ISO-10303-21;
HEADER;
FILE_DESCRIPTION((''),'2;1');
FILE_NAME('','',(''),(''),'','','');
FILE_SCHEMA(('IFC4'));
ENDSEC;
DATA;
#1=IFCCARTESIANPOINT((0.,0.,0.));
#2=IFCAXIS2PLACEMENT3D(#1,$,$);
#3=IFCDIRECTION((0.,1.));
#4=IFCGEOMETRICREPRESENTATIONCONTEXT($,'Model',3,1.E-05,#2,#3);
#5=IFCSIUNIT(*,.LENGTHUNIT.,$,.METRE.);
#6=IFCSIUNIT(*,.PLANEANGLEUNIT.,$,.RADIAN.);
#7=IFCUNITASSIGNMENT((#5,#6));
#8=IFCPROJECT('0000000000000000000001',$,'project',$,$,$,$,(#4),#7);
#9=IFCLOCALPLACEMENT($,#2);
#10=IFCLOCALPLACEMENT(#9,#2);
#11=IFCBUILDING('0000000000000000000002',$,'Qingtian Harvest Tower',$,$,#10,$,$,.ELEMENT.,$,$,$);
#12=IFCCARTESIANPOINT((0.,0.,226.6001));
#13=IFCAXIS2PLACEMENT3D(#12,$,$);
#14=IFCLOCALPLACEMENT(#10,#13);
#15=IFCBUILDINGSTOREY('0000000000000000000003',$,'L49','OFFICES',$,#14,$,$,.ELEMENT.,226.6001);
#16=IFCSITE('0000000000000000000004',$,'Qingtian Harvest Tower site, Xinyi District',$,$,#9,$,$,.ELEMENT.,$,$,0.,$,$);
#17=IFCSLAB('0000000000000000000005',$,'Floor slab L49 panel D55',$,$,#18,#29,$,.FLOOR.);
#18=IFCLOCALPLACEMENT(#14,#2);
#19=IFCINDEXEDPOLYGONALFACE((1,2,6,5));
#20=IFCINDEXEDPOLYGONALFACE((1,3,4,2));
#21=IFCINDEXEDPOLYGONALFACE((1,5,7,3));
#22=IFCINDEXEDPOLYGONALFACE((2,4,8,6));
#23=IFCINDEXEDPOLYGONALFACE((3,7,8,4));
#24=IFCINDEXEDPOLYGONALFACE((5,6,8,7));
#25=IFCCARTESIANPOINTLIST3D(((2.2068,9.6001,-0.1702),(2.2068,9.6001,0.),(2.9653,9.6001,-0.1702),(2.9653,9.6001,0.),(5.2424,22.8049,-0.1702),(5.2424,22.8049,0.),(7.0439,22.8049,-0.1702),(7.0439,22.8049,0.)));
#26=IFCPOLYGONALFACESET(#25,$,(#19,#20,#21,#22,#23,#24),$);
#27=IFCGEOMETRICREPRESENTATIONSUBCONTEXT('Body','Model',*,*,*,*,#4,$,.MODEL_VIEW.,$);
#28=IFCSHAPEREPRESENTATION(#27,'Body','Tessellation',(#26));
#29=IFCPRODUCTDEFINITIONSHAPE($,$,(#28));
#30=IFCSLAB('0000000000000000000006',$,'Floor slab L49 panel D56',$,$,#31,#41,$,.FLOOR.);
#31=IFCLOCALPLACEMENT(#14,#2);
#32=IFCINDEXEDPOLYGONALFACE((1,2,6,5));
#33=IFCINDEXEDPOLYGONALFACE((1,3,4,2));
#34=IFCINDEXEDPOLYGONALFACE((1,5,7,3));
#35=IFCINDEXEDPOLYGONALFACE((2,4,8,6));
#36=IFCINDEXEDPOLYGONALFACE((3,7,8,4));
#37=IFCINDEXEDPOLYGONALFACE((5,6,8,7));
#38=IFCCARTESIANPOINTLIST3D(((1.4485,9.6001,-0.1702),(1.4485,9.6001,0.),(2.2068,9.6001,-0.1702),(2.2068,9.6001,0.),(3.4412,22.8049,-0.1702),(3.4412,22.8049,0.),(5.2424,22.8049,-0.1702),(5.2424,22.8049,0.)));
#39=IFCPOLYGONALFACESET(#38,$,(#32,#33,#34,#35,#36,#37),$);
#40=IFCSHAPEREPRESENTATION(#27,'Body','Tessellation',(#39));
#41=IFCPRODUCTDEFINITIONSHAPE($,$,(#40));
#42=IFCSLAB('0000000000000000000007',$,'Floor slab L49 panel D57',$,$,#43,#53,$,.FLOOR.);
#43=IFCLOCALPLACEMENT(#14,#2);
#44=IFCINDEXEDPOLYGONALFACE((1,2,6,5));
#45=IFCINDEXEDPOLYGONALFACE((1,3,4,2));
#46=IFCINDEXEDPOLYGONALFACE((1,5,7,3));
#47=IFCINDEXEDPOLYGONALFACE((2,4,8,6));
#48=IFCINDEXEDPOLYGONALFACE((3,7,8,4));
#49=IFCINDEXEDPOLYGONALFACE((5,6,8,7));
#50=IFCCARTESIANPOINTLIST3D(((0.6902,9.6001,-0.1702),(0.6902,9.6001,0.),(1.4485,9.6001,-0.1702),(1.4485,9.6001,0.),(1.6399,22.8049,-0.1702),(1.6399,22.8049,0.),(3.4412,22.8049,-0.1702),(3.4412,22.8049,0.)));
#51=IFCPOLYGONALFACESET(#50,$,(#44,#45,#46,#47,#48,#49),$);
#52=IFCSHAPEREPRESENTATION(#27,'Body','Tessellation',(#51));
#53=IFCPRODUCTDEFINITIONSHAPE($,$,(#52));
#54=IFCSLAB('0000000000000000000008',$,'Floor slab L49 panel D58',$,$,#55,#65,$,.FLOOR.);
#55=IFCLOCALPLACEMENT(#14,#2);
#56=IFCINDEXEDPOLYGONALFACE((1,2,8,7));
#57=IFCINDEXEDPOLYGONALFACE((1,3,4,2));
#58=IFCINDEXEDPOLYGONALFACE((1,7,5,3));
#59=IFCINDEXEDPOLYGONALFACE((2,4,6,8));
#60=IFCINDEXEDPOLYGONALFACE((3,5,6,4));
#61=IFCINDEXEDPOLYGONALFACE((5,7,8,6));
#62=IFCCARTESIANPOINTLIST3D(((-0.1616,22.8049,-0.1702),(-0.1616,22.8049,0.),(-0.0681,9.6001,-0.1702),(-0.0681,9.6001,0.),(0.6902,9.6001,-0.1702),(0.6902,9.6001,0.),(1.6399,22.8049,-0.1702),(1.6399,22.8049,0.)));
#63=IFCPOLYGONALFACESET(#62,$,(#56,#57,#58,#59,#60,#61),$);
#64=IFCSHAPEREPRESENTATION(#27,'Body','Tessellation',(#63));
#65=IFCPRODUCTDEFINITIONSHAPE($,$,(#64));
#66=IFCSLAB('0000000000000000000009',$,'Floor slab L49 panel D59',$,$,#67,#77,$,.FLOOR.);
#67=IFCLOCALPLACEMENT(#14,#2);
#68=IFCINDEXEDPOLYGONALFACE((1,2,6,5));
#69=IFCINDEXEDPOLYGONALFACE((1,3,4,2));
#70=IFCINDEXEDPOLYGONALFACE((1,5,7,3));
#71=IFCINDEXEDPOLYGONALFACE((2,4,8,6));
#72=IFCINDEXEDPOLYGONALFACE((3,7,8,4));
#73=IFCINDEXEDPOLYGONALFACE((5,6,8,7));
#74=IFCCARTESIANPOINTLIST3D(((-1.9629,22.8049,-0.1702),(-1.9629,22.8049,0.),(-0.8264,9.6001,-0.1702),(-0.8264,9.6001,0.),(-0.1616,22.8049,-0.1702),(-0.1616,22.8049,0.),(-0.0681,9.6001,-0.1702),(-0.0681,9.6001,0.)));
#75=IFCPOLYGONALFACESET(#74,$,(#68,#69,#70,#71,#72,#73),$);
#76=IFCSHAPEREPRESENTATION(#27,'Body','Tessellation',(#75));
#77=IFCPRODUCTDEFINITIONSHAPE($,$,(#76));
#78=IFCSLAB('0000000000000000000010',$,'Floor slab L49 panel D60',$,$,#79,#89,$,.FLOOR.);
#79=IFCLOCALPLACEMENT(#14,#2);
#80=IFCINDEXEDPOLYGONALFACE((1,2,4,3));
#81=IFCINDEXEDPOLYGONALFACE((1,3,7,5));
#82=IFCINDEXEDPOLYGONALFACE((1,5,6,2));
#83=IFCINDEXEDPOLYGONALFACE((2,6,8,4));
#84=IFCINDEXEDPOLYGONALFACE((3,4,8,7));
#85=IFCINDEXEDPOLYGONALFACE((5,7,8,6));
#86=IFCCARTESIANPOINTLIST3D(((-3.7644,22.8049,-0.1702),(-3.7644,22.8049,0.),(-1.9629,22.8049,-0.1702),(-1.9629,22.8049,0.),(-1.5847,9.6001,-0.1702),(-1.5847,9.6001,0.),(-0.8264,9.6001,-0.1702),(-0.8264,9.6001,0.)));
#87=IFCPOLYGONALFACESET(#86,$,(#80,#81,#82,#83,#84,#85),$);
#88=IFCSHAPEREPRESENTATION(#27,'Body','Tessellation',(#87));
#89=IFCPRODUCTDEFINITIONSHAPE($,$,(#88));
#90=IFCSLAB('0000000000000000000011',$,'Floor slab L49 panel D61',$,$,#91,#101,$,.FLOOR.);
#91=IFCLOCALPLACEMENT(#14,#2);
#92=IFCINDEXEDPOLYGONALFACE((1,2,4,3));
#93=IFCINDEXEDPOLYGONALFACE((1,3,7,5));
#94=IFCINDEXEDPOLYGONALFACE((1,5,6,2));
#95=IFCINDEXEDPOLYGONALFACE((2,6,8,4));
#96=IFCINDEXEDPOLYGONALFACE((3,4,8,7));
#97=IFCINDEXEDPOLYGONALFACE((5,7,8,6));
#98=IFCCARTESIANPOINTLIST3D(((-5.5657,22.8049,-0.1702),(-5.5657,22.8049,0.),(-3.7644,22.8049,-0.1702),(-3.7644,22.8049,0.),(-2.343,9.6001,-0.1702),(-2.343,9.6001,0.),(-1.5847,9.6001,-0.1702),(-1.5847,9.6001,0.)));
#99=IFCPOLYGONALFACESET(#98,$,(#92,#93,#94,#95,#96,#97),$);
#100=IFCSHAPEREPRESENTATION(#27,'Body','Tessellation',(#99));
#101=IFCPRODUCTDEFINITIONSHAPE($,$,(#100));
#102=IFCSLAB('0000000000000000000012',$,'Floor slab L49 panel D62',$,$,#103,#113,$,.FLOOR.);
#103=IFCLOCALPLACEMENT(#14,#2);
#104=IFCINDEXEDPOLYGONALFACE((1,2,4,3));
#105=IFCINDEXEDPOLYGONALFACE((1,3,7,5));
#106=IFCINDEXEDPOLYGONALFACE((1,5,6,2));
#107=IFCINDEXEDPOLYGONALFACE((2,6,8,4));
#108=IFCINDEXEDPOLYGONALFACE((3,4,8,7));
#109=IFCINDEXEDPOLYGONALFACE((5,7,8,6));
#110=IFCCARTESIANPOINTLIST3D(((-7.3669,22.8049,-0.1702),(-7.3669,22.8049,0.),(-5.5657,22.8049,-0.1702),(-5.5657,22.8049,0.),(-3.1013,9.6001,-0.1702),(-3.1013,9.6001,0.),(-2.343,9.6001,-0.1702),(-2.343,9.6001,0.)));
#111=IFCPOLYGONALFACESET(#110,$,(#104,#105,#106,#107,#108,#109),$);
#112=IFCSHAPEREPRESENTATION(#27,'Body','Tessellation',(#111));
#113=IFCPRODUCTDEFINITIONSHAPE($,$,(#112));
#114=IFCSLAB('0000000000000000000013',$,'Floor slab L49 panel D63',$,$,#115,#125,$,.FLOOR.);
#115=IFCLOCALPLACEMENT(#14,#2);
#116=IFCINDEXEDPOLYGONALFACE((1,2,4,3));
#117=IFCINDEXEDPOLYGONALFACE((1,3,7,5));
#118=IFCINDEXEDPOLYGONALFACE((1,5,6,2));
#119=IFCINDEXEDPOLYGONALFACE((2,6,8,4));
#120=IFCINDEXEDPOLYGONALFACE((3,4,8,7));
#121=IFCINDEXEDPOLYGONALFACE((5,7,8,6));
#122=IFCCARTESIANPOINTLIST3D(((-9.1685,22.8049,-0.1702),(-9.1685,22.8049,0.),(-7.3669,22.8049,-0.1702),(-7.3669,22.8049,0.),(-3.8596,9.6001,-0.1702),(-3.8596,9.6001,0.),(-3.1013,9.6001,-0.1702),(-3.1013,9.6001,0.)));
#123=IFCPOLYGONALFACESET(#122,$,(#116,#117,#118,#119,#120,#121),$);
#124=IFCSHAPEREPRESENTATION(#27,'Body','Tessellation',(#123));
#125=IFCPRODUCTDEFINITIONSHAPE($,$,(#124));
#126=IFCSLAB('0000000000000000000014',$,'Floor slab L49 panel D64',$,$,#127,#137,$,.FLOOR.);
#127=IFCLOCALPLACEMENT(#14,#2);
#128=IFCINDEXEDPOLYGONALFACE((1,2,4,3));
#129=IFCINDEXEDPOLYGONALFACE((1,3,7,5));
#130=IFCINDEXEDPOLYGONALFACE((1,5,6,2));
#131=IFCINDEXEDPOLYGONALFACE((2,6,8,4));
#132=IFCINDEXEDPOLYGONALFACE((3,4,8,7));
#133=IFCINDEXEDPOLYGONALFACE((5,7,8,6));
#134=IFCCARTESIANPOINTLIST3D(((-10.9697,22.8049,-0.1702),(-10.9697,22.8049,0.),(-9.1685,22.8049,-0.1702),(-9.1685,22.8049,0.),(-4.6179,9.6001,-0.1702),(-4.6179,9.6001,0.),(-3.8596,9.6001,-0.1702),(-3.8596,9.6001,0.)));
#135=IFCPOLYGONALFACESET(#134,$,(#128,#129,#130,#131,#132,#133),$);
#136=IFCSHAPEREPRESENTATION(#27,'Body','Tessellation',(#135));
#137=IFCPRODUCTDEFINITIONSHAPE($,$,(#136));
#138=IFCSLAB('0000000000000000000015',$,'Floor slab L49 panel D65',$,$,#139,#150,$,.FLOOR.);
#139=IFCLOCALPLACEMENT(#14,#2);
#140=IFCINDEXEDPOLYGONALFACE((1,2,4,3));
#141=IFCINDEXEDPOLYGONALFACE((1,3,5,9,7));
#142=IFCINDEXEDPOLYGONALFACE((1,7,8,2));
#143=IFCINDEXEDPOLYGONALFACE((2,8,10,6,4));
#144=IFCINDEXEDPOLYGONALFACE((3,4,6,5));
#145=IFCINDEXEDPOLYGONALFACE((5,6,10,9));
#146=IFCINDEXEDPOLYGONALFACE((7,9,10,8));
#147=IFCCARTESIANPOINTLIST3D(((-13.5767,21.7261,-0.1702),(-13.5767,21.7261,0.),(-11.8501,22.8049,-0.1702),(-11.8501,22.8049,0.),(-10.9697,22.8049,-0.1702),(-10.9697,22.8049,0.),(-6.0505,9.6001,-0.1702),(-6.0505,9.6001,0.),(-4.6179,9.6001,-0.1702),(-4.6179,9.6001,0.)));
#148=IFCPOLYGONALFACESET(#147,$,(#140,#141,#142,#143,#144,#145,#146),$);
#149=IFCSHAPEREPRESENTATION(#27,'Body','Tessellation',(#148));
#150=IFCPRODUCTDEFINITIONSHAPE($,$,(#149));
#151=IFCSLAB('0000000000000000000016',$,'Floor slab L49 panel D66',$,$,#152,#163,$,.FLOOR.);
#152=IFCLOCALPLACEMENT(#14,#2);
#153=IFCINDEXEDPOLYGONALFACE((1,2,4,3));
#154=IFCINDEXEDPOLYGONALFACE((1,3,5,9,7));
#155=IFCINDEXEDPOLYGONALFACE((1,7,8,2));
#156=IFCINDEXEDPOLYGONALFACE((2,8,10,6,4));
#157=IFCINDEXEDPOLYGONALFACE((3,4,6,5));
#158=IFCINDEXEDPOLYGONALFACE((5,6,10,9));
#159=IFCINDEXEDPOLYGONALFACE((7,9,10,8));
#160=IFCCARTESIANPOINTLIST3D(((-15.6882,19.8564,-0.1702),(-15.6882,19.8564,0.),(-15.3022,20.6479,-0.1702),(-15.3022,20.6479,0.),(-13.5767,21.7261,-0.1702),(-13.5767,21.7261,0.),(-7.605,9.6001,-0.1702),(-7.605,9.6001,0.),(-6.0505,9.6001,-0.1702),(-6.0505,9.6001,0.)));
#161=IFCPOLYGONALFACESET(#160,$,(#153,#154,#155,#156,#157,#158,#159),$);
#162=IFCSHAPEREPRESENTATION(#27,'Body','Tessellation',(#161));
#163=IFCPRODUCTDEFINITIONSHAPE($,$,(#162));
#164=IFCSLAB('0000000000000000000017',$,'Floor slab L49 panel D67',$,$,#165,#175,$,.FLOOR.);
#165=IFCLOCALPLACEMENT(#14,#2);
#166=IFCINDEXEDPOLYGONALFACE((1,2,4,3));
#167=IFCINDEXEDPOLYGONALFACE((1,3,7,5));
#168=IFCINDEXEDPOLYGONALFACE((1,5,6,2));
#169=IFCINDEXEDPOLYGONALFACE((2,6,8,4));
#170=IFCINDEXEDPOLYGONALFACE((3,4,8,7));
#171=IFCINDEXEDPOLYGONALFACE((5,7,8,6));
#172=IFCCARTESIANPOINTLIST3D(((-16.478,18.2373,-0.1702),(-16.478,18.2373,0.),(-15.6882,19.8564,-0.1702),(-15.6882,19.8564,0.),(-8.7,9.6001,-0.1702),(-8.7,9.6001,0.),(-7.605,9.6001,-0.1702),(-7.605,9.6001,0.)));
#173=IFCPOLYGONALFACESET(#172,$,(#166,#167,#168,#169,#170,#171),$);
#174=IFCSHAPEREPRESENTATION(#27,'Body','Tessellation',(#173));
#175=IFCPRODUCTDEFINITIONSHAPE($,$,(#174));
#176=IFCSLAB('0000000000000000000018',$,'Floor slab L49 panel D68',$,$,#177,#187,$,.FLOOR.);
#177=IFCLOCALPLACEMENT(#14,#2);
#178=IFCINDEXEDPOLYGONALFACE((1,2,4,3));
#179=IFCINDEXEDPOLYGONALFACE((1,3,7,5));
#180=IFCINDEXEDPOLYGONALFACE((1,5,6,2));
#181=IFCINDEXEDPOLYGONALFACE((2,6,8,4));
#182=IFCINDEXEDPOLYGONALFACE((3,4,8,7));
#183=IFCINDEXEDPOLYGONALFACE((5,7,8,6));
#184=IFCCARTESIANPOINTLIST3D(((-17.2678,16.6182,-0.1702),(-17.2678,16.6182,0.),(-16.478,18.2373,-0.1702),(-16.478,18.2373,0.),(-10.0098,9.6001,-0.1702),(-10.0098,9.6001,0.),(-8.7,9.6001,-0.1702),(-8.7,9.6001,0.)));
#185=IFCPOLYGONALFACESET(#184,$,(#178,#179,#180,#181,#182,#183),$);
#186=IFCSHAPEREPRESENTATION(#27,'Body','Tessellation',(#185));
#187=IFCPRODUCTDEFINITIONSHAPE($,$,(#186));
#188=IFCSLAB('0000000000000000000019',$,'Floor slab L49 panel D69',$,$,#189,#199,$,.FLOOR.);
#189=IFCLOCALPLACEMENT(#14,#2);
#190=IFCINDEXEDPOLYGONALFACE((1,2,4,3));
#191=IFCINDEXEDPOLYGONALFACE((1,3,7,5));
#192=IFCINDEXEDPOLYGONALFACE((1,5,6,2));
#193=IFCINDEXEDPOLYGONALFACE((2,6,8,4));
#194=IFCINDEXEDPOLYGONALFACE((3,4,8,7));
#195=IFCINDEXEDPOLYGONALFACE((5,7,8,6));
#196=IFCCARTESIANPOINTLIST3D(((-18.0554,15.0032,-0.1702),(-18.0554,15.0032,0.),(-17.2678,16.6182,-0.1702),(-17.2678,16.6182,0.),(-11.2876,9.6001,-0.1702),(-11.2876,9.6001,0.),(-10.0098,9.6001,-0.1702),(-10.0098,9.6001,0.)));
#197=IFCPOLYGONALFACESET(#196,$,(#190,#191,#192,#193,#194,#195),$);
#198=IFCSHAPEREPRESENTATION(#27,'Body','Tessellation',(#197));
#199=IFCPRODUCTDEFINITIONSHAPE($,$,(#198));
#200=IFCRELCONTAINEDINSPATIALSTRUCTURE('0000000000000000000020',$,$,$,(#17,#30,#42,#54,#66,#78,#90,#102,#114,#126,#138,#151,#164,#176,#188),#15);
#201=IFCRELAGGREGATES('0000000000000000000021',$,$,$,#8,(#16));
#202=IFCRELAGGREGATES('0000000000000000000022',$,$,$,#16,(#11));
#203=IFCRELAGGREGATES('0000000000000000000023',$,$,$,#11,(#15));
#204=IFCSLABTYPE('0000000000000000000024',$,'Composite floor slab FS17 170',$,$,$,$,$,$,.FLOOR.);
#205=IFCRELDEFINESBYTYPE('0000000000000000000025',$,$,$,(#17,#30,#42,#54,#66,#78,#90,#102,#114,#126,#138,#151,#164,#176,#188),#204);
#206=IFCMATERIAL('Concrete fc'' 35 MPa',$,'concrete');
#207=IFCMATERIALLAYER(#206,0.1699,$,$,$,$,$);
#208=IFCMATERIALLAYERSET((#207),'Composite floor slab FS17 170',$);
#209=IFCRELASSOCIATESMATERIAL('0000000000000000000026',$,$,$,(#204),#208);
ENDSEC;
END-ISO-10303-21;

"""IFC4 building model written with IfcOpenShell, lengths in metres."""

from ifc_helpers import new_model, si_unit, direction, frame, origin, place, context, subcontext, project, spatial, polyline, outline, extrude, material, layer, layer_set, type_object, element, save


model = new_model("IFC4")

# Units and contexts
model_context = context("Model", 3, precision=1e-05, world=origin(), true_north=direction((0.0, 1.0)))
body_context = subcontext(model_context, "Body", "Model", "MODEL_VIEW")
ifc_project = project(units=[si_unit("LENGTHUNIT", "METRE"), si_unit("PLANEANGLEUNIT", "RADIAN")], contexts=[model_context])

# Site, building, storey
site_placement = place(None, origin())
site = spatial("IfcSite", under=ifc_project, at=site_placement, Name="Qingtian Harvest Tower site, Xinyi District", CompositionType="ELEMENT", RefElevation=0.0)
building_placement = place(site_placement, origin())
building = spatial("IfcBuilding", under=site, at=building_placement, Name="Qingtian Harvest Tower", CompositionType="ELEMENT")
storey_placement = place(building_placement, frame((0.0, 0.0, 226.6001)))
storey = spatial("IfcBuildingStorey", under=building, at=storey_placement, Name="L49", Description="OFFICES", CompositionType="ELEMENT", Elevation=226.6001)

# Slabs
ifc_material_1 = material(Name="Concrete fc' 35 MPa", Category="concrete")
ifc_layer_1 = layer(ifc_material_1, 0.1699)
ifc_layer_set_1 = layer_set([ifc_layer_1], Name="Composite floor slab FS17 170")
slab_type = type_object("IfcSlabType", Name="Composite floor slab FS17 170", PredefinedType="FLOOR", material=ifc_layer_set_1)
slab_1_placement = place(storey_placement, frame((0.0, 0.0, -0.1702)))
element("IfcSlab", 1, at=slab_1_placement, inside=storey, type_object=slab_type, Name="Floor slab L49 panel D55", PredefinedType="FLOOR", context=body_context, shape_type="SweptSolid", body=[
    extrude(outline(polyline([(2.2068, 9.6001), (5.2424, 22.8049), (7.0439, 22.8049), (2.9653, 9.6001), (2.2068, 9.6001)])), origin(), (0.0, 0.0, 1.0), 0.1702),
])
slab_2_placement = place(storey_placement, frame((0.0, 0.0, -0.1702)))
element("IfcSlab", 2, at=slab_2_placement, inside=storey, type_object=slab_type, Name="Floor slab L49 panel D56", PredefinedType="FLOOR", context=body_context, shape_type="SweptSolid", body=[
    extrude(outline(polyline([(1.4485, 9.6001), (3.4412, 22.8049), (5.2424, 22.8049), (2.2068, 9.6001), (1.4485, 9.6001)])), origin(), (0.0, 0.0, 1.0), 0.1702),
])
slab_3_placement = place(storey_placement, frame((0.0, 0.0, -0.1702)))
element("IfcSlab", 3, at=slab_3_placement, inside=storey, type_object=slab_type, Name="Floor slab L49 panel D57", PredefinedType="FLOOR", context=body_context, shape_type="SweptSolid", body=[
    extrude(outline(polyline([(0.6902, 9.6001), (1.6399, 22.8049), (3.4412, 22.8049), (1.4485, 9.6001), (0.6902, 9.6001)])), origin(), (0.0, 0.0, 1.0), 0.1702),
])
slab_4_placement = place(storey_placement, frame((0.0, 0.0, -0.1702)))
element("IfcSlab", 4, at=slab_4_placement, inside=storey, type_object=slab_type, Name="Floor slab L49 panel D58", PredefinedType="FLOOR", context=body_context, shape_type="SweptSolid", body=[
    extrude(outline(polyline([(-0.0681, 9.6001), (-0.1616, 22.8049), (1.6399, 22.8049), (0.6902, 9.6001), (-0.0681, 9.6001)])), origin(), (0.0, 0.0, 1.0), 0.1702),
])
slab_5_placement = place(storey_placement, frame((0.0, 0.0, -0.1702)))
element("IfcSlab", 5, at=slab_5_placement, inside=storey, type_object=slab_type, Name="Floor slab L49 panel D59", PredefinedType="FLOOR", context=body_context, shape_type="SweptSolid", body=[
    extrude(outline(polyline([(-0.8264, 9.6001), (-1.9629, 22.8049), (-0.1616, 22.8049), (-0.0681, 9.6001), (-0.8264, 9.6001)])), origin(), (0.0, 0.0, 1.0), 0.1702),
])
slab_6_placement = place(storey_placement, frame((0.0, 0.0, -0.1702)))
element("IfcSlab", 6, at=slab_6_placement, inside=storey, type_object=slab_type, Name="Floor slab L49 panel D60", PredefinedType="FLOOR", context=body_context, shape_type="SweptSolid", body=[
    extrude(outline(polyline([(-1.5847, 9.6001), (-3.7644, 22.8049), (-1.9629, 22.8049), (-0.8264, 9.6001), (-1.5847, 9.6001)])), origin(), (0.0, 0.0, 1.0), 0.1702),
])
slab_7_placement = place(storey_placement, frame((0.0, 0.0, -0.1702)))
element("IfcSlab", 7, at=slab_7_placement, inside=storey, type_object=slab_type, Name="Floor slab L49 panel D61", PredefinedType="FLOOR", context=body_context, shape_type="SweptSolid", body=[
    extrude(outline(polyline([(-2.343, 9.6001), (-5.5657, 22.8049), (-3.7644, 22.8049), (-1.5847, 9.6001), (-2.343, 9.6001)])), origin(), (0.0, 0.0, 1.0), 0.1702),
])
slab_8_placement = place(storey_placement, frame((0.0, 0.0, -0.1702)))
element("IfcSlab", 8, at=slab_8_placement, inside=storey, type_object=slab_type, Name="Floor slab L49 panel D62", PredefinedType="FLOOR", context=body_context, shape_type="SweptSolid", body=[
    extrude(outline(polyline([(-3.1013, 9.6001), (-7.3669, 22.8049), (-5.5657, 22.8049), (-2.343, 9.6001), (-3.1013, 9.6001)])), origin(), (0.0, 0.0, 1.0), 0.1702),
])
slab_9_placement = place(storey_placement, frame((0.0, 0.0, -0.1702)))
element("IfcSlab", 9, at=slab_9_placement, inside=storey, type_object=slab_type, Name="Floor slab L49 panel D63", PredefinedType="FLOOR", context=body_context, shape_type="SweptSolid", body=[
    extrude(outline(polyline([(-3.8596, 9.6001), (-9.1685, 22.8049), (-7.3669, 22.8049), (-3.1013, 9.6001), (-3.8596, 9.6001)])), origin(), (0.0, 0.0, 1.0), 0.1702),
])
slab_10_placement = place(storey_placement, frame((0.0, 0.0, -0.1702)))
element("IfcSlab", 10, at=slab_10_placement, inside=storey, type_object=slab_type, Name="Floor slab L49 panel D64", PredefinedType="FLOOR", context=body_context, shape_type="SweptSolid", body=[
    extrude(outline(polyline([(-4.6179, 9.6001), (-10.9697, 22.8049), (-9.1685, 22.8049), (-3.8596, 9.6001), (-4.6179, 9.6001)])), origin(), (0.0, 0.0, 1.0), 0.1702),
])
slab_11_placement = place(storey_placement, frame((0.0, 0.0, -0.1702)))
element("IfcSlab", 11, at=slab_11_placement, inside=storey, type_object=slab_type, Name="Floor slab L49 panel D65", PredefinedType="FLOOR", context=body_context, shape_type="SweptSolid", body=[
    extrude(outline(polyline([(-4.6179, 9.6001), (-6.0505, 9.6001), (-13.5767, 21.7261), (-11.8501, 22.8049), (-10.9697, 22.8049), (-4.6179, 9.6001)])), origin(), (0.0, 0.0, 1.0), 0.1702),
])
slab_12_placement = place(storey_placement, frame((0.0, 0.0, -0.1702)))
element("IfcSlab", 12, at=slab_12_placement, inside=storey, type_object=slab_type, Name="Floor slab L49 panel D66", PredefinedType="FLOOR", context=body_context, shape_type="SweptSolid", body=[
    extrude(outline(polyline([(-6.0505, 9.6001), (-7.605, 9.6001), (-15.6882, 19.8564), (-15.3022, 20.6479), (-13.5767, 21.7261), (-6.0505, 9.6001)])), origin(), (0.0, 0.0, 1.0), 0.1702),
])
slab_13_placement = place(storey_placement, frame((0.0, 0.0, -0.1702)))
element("IfcSlab", 13, at=slab_13_placement, inside=storey, type_object=slab_type, Name="Floor slab L49 panel D67", PredefinedType="FLOOR", context=body_context, shape_type="SweptSolid", body=[
    extrude(outline(polyline([(-8.7, 9.6001), (-16.478, 18.2373), (-15.6882, 19.8564), (-7.605, 9.6001), (-8.7, 9.6001)])), origin(), (0.0, 0.0, 1.0), 0.1702),
])
slab_14_placement = place(storey_placement, frame((0.0, 0.0, -0.1702)))
element("IfcSlab", 14, at=slab_14_placement, inside=storey, type_object=slab_type, Name="Floor slab L49 panel D68", PredefinedType="FLOOR", context=body_context, shape_type="SweptSolid", body=[
    extrude(outline(polyline([(-10.0098, 9.6001), (-17.2678, 16.6182), (-16.478, 18.2373), (-8.7, 9.6001), (-10.0098, 9.6001)])), origin(), (0.0, 0.0, 1.0), 0.1702),
])
slab_15_placement = place(storey_placement, frame((0.0, 0.0, -0.1702)))
element("IfcSlab", 15, at=slab_15_placement, inside=storey, type_object=slab_type, Name="Floor slab L49 panel D69", PredefinedType="FLOOR", context=body_context, shape_type="SweptSolid", body=[
    extrude(outline(polyline([(-11.2876, 9.6001), (-18.0554, 15.0032), (-17.2678, 16.6182), (-10.0098, 9.6001), (-11.2876, 9.6001)])), origin(), (0.0, 0.0, 1.0), 0.1702),
])

save(model, "model.ifc")
